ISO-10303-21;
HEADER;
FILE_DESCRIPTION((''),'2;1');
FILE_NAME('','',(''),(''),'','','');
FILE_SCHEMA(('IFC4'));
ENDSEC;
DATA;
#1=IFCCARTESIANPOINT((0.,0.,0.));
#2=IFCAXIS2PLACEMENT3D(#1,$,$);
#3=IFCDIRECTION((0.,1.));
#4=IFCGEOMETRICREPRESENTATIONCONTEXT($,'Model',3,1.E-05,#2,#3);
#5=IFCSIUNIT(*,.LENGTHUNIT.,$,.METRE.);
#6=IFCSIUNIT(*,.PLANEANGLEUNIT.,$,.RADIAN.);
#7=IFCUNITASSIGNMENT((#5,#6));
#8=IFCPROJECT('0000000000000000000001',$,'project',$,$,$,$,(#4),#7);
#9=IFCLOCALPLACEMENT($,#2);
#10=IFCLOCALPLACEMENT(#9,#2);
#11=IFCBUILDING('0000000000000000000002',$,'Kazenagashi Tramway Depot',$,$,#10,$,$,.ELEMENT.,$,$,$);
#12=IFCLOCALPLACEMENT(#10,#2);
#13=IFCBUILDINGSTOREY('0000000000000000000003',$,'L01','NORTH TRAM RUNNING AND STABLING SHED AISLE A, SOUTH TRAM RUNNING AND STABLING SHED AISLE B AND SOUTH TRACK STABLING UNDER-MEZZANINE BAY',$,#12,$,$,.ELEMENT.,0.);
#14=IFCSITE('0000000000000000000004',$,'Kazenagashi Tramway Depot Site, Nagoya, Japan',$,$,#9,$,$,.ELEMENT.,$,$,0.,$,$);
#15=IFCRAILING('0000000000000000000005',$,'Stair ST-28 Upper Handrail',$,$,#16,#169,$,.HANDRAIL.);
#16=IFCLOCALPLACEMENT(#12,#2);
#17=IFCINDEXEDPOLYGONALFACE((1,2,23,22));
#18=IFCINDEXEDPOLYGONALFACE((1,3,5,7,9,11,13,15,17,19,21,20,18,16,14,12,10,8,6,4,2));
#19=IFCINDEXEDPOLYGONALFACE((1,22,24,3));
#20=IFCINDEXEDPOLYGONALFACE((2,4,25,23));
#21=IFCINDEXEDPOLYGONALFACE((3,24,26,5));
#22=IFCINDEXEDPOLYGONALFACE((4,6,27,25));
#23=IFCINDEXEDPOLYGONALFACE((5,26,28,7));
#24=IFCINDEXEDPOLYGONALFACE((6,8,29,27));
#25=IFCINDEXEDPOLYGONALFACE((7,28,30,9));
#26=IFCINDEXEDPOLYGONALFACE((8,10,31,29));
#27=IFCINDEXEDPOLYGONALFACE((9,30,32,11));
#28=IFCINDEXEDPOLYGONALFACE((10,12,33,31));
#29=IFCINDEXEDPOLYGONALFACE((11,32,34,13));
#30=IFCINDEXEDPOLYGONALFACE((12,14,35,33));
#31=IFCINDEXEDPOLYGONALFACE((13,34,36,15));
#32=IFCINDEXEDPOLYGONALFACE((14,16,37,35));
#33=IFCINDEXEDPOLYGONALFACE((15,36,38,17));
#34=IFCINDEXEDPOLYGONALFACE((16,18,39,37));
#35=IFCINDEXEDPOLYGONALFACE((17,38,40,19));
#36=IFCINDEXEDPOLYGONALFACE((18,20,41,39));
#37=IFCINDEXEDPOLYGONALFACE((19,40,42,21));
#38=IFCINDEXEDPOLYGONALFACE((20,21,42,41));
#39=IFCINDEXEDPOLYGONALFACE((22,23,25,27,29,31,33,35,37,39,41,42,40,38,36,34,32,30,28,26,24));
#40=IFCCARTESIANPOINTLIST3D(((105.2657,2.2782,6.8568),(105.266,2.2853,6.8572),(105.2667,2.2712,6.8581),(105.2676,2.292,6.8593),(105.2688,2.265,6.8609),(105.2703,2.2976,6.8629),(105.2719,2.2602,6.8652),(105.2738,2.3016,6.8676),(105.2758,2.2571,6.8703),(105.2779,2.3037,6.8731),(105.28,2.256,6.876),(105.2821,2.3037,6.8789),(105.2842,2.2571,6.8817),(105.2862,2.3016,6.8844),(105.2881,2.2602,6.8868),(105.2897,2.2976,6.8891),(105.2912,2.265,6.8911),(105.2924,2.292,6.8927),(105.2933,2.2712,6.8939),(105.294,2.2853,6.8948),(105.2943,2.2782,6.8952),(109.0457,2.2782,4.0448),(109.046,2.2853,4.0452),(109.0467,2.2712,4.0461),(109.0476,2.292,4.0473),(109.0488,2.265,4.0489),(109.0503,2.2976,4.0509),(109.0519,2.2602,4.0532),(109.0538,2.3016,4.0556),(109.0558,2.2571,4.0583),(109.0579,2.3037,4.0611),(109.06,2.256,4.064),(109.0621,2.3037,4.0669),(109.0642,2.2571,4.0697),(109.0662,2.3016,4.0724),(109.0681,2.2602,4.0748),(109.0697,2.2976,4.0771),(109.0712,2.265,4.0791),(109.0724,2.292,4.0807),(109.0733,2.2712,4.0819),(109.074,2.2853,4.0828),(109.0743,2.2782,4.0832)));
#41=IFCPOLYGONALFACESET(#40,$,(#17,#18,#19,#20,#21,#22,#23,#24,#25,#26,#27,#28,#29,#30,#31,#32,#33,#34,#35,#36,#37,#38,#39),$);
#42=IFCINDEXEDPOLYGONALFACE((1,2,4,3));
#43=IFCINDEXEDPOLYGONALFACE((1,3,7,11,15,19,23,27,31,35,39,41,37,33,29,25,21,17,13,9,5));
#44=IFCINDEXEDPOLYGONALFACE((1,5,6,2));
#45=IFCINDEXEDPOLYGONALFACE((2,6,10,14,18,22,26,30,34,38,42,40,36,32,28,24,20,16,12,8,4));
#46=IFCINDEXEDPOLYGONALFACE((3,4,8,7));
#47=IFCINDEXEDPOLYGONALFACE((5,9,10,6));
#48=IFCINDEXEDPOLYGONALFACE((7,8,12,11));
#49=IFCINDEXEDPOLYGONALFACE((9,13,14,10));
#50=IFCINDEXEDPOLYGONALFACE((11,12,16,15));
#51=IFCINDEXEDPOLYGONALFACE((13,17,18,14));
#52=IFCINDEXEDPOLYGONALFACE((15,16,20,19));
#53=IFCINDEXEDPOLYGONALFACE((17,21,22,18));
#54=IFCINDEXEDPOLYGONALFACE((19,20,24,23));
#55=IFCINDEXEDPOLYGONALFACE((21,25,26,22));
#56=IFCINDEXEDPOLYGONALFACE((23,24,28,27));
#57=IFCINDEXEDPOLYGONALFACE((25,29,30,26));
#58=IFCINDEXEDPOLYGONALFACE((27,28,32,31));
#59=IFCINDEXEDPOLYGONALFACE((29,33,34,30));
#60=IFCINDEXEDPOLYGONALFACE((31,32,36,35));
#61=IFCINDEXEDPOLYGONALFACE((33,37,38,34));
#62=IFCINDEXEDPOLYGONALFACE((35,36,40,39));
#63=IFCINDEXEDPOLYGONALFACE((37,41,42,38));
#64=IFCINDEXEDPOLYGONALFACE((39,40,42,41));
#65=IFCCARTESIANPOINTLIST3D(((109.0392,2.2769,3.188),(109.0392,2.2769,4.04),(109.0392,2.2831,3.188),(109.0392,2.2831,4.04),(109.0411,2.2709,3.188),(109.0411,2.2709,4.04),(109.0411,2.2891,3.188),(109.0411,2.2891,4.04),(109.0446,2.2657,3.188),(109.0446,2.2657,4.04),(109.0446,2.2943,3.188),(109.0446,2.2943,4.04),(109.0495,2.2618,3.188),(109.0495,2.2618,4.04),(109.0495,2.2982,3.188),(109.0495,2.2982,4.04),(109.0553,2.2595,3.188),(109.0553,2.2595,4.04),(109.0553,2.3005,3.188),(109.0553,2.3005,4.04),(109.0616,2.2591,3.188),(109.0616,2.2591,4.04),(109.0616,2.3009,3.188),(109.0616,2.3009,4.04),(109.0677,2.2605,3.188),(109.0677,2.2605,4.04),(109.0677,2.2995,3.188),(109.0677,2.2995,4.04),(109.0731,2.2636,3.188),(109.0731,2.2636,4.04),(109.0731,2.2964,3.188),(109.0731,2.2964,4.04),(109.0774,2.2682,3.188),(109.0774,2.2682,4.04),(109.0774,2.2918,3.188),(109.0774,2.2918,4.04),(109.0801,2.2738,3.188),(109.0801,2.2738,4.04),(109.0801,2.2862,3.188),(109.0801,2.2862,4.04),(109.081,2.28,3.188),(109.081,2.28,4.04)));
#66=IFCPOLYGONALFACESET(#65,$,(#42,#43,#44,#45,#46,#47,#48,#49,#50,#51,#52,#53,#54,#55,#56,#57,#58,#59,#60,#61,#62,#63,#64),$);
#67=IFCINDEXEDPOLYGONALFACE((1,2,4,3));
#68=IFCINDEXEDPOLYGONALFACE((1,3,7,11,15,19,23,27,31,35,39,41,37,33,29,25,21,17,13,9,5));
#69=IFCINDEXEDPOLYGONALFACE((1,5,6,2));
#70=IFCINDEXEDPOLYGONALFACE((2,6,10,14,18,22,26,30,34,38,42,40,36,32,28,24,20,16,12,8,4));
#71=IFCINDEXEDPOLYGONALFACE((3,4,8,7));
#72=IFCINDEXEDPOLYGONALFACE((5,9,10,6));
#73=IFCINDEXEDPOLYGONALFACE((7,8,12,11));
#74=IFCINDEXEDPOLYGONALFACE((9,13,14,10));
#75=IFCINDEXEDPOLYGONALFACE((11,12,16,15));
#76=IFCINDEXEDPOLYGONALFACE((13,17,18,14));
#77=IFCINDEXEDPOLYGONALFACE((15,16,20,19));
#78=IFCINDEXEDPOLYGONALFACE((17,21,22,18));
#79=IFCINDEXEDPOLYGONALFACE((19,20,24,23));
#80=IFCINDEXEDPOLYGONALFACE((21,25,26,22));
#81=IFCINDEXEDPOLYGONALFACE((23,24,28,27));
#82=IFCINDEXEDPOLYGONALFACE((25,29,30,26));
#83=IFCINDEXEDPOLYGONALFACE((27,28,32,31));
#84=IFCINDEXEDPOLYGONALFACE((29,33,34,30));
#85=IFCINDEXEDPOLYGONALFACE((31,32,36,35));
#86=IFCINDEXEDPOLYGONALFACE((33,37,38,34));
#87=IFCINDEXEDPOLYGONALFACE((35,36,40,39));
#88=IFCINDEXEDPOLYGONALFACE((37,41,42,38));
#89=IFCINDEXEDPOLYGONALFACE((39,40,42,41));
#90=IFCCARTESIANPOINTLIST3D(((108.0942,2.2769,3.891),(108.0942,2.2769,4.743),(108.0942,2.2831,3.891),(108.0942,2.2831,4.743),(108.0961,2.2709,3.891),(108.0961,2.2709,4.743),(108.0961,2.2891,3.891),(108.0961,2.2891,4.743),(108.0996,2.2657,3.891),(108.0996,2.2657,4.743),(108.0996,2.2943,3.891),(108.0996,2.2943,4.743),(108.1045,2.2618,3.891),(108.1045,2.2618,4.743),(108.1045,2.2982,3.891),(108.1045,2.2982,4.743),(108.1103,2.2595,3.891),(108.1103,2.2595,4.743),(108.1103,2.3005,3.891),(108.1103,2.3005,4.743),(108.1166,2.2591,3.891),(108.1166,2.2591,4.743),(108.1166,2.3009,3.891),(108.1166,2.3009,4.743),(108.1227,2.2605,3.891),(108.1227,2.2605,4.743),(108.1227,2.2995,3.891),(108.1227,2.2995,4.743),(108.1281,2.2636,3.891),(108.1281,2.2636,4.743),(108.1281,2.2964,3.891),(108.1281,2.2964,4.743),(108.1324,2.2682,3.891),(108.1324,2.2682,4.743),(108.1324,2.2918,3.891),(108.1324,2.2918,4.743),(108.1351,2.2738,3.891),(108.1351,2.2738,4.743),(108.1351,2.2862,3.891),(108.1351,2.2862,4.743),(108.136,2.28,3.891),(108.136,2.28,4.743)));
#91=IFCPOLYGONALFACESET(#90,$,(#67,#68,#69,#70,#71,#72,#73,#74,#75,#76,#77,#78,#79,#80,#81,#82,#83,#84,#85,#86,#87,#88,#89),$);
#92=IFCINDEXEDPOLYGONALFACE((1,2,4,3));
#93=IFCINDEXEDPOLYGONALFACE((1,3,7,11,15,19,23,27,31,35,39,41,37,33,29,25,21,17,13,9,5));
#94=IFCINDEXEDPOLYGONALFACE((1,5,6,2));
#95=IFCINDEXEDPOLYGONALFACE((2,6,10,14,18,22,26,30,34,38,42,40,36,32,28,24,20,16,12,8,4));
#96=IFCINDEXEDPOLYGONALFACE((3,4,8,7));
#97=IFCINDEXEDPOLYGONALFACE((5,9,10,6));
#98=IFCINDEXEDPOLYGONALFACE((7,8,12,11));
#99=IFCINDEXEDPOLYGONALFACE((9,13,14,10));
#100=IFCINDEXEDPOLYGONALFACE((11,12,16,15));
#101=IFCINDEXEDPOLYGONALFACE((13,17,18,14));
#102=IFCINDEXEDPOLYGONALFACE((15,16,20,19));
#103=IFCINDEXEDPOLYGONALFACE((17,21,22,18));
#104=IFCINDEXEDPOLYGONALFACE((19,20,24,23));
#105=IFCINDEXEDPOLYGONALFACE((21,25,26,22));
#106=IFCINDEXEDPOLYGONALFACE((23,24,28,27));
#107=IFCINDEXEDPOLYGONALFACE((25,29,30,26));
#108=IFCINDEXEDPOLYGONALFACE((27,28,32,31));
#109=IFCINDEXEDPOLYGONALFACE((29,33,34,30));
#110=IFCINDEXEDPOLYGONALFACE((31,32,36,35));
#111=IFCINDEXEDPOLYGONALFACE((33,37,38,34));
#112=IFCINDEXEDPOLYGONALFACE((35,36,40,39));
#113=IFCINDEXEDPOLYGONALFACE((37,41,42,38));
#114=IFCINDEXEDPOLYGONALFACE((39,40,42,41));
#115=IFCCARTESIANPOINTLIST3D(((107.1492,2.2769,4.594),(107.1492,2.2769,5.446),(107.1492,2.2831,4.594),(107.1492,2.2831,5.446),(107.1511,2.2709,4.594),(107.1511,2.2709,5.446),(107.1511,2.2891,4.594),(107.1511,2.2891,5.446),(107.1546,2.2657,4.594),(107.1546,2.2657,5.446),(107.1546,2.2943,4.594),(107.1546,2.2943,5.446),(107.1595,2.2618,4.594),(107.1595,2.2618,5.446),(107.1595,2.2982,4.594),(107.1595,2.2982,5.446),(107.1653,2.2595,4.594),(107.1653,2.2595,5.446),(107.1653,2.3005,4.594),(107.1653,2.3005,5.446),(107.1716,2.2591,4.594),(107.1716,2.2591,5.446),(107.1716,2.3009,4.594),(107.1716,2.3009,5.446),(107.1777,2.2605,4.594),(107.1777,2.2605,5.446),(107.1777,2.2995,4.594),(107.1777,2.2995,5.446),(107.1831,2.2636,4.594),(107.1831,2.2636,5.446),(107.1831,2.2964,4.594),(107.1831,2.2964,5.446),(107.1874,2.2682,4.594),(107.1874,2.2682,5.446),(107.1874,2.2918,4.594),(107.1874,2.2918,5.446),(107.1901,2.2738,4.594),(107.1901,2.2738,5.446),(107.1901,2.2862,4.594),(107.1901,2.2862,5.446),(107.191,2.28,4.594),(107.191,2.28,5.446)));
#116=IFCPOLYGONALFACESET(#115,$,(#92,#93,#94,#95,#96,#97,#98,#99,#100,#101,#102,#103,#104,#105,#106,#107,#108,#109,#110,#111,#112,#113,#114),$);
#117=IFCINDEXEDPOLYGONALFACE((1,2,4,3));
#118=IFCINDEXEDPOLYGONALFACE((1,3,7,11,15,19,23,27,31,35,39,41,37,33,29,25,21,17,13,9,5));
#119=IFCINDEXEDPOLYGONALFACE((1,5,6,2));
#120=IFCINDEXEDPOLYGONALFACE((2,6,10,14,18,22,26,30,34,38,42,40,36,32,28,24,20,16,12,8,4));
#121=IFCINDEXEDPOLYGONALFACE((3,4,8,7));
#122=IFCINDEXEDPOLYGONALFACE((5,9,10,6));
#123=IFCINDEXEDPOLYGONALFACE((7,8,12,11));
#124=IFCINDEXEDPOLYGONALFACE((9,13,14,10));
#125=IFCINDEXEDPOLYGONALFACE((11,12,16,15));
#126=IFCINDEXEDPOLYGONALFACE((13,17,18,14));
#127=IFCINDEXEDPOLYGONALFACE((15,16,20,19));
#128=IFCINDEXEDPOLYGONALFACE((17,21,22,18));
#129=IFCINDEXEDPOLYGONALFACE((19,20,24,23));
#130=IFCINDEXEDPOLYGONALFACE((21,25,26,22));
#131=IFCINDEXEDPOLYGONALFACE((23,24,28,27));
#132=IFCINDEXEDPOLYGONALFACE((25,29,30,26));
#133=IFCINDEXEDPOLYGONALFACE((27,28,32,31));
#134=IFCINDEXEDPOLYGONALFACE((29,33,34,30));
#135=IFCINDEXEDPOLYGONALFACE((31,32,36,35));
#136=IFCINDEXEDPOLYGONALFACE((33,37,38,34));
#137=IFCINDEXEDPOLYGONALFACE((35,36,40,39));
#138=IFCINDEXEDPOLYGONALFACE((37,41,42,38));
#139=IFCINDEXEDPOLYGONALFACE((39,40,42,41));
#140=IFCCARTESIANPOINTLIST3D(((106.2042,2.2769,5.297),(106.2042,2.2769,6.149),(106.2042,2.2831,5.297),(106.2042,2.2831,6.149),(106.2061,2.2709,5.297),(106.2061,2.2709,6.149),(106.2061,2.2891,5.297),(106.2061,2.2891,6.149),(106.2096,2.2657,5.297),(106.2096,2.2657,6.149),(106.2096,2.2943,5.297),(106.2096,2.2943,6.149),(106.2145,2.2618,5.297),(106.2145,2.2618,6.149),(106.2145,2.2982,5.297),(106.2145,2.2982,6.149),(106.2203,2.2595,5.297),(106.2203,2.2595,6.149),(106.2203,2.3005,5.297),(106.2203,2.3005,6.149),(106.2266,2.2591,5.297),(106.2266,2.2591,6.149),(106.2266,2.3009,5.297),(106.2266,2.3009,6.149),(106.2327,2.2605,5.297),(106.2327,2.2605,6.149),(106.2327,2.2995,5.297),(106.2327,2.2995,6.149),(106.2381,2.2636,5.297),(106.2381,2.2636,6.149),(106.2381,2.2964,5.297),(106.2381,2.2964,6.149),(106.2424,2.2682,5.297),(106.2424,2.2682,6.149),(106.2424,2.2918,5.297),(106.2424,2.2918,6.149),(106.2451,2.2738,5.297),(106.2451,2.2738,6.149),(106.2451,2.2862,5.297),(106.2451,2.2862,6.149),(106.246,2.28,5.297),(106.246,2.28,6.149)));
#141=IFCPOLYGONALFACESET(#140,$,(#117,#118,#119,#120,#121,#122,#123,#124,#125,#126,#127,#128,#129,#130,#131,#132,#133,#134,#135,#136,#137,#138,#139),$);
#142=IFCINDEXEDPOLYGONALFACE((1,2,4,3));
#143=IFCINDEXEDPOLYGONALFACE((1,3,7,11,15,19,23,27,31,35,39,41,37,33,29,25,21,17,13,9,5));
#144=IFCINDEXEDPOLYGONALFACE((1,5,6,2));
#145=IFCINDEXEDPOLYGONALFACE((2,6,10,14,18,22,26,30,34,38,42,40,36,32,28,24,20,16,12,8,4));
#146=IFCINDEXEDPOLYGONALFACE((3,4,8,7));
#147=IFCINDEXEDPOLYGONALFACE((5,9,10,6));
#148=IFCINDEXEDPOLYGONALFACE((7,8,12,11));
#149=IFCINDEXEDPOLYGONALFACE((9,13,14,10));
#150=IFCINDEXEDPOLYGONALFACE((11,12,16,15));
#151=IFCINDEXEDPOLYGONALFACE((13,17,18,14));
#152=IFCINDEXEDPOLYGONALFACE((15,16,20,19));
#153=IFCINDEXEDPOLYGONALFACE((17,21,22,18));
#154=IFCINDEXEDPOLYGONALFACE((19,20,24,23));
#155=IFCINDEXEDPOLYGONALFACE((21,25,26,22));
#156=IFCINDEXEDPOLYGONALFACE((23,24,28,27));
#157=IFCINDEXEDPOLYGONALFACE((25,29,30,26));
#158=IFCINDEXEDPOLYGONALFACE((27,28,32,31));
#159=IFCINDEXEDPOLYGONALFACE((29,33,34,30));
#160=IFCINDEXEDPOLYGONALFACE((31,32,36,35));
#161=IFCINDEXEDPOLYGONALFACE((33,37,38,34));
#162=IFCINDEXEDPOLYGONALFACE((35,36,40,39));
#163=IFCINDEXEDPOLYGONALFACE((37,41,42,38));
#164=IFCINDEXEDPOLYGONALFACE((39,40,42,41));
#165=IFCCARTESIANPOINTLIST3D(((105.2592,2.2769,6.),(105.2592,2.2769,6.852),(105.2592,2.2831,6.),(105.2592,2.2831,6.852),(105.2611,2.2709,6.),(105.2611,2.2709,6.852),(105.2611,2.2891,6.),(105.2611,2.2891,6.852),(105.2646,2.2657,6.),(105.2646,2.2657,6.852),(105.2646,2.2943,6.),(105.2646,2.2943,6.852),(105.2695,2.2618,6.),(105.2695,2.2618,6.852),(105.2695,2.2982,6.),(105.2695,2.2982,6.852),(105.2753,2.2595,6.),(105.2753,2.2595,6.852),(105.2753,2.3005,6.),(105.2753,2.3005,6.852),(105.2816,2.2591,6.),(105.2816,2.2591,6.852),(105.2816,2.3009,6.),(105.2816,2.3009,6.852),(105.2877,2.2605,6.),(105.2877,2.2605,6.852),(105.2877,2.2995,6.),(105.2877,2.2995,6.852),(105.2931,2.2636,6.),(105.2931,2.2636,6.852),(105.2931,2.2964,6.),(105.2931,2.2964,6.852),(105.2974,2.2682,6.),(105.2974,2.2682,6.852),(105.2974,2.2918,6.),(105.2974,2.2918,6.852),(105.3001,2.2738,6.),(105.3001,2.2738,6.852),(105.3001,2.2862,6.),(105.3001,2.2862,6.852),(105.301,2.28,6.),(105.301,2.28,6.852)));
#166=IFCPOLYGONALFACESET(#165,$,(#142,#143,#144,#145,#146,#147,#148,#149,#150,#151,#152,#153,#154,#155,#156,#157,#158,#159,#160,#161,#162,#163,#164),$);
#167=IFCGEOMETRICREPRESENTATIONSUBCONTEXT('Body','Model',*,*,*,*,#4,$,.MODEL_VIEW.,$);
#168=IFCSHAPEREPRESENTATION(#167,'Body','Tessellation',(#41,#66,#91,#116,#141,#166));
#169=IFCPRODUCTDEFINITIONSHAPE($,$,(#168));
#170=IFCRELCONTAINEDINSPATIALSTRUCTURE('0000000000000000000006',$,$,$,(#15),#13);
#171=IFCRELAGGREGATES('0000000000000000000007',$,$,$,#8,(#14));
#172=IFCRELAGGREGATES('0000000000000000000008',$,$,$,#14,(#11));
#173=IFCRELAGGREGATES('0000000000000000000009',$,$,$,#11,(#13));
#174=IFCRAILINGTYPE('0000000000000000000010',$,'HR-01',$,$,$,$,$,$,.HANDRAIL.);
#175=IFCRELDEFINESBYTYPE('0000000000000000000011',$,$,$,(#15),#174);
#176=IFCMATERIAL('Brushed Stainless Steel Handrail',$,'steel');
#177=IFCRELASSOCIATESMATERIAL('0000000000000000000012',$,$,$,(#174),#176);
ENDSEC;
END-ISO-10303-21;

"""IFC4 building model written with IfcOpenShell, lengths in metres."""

from ifc_helpers import new_model, si_unit, direction, frame, origin, origin_2d, place, context, subcontext, project, spatial, circle, extrude, material, type_object, element, save


model = new_model("IFC4")

# Units and contexts
model_context = context("Model", 3, precision=1e-05, world=origin(), true_north=direction((0.0, 1.0)))
body_context = subcontext(model_context, "Body", "Model", "MODEL_VIEW")
ifc_project = project(units=[si_unit("LENGTHUNIT", "METRE"), si_unit("PLANEANGLEUNIT", "RADIAN")], contexts=[model_context])

# Site, building, storey
site_placement = place(None, origin())
site = spatial("IfcSite", under=ifc_project, at=site_placement, Name="Kazenagashi Tramway Depot Site, Nagoya, Japan", CompositionType="ELEMENT", RefElevation=0.0)
building_placement = place(site_placement, origin())
building = spatial("IfcBuilding", under=site, at=building_placement, Name="Kazenagashi Tramway Depot", CompositionType="ELEMENT")
storey_placement = place(building_placement, origin())
storey = spatial("IfcBuildingStorey", under=building, at=storey_placement, Name="L01", Description="NORTH TRAM RUNNING AND STABLING SHED AISLE A, SOUTH TRAM RUNNING AND STABLING SHED AISLE B AND SOUTH TRACK STABLING UNDER-MEZZANINE BAY", CompositionType="ELEMENT", Elevation=0.0)

# Railing
ifc_material_1 = material(Name="Brushed Stainless Steel Handrail", Category="steel")
railing_type = type_object("IfcRailingType", Name="HR-01", PredefinedType="HANDRAIL", material=ifc_material_1)
railing_1_placement = place(storey_placement, frame((109.06, 2.28, 3.188)))
element("IfcRailing", 1, at=railing_1_placement, inside=storey, type_object=railing_type, Name="Stair ST-28 Upper Handrail", PredefinedType="HANDRAIL", context=body_context, shape_type="SweptSolid", body=[
    extrude(circle(Radius=0.024, at=origin_2d()), frame((0.0, 0.0, 0.876), z_axis=(-0.802337, 0.0, 0.596871), x_axis=(0.0, -1.0, 0.0)), (0.0, 0.0, 1.0), 4.7112),
    extrude(circle(Radius=0.021, at=origin_2d()), origin(), (0.0, 0.0, 1.0), 0.852),
    extrude(circle(Radius=0.021, at=origin_2d()), frame((-0.945, 0.0, 0.703)), (0.0, 0.0, 1.0), 0.852),
    extrude(circle(Radius=0.021, at=origin_2d()), frame((-1.89, 0.0, 1.406)), (0.0, 0.0, 1.0), 0.852),
    extrude(circle(Radius=0.021, at=origin_2d()), frame((-2.835, 0.0, 2.109)), (0.0, 0.0, 1.0), 0.852),
    extrude(circle(Radius=0.021, at=origin_2d()), frame((-3.78, 0.0, 2.812)), (0.0, 0.0, 1.0), 0.852),
])

save(model, "model.ifc")
